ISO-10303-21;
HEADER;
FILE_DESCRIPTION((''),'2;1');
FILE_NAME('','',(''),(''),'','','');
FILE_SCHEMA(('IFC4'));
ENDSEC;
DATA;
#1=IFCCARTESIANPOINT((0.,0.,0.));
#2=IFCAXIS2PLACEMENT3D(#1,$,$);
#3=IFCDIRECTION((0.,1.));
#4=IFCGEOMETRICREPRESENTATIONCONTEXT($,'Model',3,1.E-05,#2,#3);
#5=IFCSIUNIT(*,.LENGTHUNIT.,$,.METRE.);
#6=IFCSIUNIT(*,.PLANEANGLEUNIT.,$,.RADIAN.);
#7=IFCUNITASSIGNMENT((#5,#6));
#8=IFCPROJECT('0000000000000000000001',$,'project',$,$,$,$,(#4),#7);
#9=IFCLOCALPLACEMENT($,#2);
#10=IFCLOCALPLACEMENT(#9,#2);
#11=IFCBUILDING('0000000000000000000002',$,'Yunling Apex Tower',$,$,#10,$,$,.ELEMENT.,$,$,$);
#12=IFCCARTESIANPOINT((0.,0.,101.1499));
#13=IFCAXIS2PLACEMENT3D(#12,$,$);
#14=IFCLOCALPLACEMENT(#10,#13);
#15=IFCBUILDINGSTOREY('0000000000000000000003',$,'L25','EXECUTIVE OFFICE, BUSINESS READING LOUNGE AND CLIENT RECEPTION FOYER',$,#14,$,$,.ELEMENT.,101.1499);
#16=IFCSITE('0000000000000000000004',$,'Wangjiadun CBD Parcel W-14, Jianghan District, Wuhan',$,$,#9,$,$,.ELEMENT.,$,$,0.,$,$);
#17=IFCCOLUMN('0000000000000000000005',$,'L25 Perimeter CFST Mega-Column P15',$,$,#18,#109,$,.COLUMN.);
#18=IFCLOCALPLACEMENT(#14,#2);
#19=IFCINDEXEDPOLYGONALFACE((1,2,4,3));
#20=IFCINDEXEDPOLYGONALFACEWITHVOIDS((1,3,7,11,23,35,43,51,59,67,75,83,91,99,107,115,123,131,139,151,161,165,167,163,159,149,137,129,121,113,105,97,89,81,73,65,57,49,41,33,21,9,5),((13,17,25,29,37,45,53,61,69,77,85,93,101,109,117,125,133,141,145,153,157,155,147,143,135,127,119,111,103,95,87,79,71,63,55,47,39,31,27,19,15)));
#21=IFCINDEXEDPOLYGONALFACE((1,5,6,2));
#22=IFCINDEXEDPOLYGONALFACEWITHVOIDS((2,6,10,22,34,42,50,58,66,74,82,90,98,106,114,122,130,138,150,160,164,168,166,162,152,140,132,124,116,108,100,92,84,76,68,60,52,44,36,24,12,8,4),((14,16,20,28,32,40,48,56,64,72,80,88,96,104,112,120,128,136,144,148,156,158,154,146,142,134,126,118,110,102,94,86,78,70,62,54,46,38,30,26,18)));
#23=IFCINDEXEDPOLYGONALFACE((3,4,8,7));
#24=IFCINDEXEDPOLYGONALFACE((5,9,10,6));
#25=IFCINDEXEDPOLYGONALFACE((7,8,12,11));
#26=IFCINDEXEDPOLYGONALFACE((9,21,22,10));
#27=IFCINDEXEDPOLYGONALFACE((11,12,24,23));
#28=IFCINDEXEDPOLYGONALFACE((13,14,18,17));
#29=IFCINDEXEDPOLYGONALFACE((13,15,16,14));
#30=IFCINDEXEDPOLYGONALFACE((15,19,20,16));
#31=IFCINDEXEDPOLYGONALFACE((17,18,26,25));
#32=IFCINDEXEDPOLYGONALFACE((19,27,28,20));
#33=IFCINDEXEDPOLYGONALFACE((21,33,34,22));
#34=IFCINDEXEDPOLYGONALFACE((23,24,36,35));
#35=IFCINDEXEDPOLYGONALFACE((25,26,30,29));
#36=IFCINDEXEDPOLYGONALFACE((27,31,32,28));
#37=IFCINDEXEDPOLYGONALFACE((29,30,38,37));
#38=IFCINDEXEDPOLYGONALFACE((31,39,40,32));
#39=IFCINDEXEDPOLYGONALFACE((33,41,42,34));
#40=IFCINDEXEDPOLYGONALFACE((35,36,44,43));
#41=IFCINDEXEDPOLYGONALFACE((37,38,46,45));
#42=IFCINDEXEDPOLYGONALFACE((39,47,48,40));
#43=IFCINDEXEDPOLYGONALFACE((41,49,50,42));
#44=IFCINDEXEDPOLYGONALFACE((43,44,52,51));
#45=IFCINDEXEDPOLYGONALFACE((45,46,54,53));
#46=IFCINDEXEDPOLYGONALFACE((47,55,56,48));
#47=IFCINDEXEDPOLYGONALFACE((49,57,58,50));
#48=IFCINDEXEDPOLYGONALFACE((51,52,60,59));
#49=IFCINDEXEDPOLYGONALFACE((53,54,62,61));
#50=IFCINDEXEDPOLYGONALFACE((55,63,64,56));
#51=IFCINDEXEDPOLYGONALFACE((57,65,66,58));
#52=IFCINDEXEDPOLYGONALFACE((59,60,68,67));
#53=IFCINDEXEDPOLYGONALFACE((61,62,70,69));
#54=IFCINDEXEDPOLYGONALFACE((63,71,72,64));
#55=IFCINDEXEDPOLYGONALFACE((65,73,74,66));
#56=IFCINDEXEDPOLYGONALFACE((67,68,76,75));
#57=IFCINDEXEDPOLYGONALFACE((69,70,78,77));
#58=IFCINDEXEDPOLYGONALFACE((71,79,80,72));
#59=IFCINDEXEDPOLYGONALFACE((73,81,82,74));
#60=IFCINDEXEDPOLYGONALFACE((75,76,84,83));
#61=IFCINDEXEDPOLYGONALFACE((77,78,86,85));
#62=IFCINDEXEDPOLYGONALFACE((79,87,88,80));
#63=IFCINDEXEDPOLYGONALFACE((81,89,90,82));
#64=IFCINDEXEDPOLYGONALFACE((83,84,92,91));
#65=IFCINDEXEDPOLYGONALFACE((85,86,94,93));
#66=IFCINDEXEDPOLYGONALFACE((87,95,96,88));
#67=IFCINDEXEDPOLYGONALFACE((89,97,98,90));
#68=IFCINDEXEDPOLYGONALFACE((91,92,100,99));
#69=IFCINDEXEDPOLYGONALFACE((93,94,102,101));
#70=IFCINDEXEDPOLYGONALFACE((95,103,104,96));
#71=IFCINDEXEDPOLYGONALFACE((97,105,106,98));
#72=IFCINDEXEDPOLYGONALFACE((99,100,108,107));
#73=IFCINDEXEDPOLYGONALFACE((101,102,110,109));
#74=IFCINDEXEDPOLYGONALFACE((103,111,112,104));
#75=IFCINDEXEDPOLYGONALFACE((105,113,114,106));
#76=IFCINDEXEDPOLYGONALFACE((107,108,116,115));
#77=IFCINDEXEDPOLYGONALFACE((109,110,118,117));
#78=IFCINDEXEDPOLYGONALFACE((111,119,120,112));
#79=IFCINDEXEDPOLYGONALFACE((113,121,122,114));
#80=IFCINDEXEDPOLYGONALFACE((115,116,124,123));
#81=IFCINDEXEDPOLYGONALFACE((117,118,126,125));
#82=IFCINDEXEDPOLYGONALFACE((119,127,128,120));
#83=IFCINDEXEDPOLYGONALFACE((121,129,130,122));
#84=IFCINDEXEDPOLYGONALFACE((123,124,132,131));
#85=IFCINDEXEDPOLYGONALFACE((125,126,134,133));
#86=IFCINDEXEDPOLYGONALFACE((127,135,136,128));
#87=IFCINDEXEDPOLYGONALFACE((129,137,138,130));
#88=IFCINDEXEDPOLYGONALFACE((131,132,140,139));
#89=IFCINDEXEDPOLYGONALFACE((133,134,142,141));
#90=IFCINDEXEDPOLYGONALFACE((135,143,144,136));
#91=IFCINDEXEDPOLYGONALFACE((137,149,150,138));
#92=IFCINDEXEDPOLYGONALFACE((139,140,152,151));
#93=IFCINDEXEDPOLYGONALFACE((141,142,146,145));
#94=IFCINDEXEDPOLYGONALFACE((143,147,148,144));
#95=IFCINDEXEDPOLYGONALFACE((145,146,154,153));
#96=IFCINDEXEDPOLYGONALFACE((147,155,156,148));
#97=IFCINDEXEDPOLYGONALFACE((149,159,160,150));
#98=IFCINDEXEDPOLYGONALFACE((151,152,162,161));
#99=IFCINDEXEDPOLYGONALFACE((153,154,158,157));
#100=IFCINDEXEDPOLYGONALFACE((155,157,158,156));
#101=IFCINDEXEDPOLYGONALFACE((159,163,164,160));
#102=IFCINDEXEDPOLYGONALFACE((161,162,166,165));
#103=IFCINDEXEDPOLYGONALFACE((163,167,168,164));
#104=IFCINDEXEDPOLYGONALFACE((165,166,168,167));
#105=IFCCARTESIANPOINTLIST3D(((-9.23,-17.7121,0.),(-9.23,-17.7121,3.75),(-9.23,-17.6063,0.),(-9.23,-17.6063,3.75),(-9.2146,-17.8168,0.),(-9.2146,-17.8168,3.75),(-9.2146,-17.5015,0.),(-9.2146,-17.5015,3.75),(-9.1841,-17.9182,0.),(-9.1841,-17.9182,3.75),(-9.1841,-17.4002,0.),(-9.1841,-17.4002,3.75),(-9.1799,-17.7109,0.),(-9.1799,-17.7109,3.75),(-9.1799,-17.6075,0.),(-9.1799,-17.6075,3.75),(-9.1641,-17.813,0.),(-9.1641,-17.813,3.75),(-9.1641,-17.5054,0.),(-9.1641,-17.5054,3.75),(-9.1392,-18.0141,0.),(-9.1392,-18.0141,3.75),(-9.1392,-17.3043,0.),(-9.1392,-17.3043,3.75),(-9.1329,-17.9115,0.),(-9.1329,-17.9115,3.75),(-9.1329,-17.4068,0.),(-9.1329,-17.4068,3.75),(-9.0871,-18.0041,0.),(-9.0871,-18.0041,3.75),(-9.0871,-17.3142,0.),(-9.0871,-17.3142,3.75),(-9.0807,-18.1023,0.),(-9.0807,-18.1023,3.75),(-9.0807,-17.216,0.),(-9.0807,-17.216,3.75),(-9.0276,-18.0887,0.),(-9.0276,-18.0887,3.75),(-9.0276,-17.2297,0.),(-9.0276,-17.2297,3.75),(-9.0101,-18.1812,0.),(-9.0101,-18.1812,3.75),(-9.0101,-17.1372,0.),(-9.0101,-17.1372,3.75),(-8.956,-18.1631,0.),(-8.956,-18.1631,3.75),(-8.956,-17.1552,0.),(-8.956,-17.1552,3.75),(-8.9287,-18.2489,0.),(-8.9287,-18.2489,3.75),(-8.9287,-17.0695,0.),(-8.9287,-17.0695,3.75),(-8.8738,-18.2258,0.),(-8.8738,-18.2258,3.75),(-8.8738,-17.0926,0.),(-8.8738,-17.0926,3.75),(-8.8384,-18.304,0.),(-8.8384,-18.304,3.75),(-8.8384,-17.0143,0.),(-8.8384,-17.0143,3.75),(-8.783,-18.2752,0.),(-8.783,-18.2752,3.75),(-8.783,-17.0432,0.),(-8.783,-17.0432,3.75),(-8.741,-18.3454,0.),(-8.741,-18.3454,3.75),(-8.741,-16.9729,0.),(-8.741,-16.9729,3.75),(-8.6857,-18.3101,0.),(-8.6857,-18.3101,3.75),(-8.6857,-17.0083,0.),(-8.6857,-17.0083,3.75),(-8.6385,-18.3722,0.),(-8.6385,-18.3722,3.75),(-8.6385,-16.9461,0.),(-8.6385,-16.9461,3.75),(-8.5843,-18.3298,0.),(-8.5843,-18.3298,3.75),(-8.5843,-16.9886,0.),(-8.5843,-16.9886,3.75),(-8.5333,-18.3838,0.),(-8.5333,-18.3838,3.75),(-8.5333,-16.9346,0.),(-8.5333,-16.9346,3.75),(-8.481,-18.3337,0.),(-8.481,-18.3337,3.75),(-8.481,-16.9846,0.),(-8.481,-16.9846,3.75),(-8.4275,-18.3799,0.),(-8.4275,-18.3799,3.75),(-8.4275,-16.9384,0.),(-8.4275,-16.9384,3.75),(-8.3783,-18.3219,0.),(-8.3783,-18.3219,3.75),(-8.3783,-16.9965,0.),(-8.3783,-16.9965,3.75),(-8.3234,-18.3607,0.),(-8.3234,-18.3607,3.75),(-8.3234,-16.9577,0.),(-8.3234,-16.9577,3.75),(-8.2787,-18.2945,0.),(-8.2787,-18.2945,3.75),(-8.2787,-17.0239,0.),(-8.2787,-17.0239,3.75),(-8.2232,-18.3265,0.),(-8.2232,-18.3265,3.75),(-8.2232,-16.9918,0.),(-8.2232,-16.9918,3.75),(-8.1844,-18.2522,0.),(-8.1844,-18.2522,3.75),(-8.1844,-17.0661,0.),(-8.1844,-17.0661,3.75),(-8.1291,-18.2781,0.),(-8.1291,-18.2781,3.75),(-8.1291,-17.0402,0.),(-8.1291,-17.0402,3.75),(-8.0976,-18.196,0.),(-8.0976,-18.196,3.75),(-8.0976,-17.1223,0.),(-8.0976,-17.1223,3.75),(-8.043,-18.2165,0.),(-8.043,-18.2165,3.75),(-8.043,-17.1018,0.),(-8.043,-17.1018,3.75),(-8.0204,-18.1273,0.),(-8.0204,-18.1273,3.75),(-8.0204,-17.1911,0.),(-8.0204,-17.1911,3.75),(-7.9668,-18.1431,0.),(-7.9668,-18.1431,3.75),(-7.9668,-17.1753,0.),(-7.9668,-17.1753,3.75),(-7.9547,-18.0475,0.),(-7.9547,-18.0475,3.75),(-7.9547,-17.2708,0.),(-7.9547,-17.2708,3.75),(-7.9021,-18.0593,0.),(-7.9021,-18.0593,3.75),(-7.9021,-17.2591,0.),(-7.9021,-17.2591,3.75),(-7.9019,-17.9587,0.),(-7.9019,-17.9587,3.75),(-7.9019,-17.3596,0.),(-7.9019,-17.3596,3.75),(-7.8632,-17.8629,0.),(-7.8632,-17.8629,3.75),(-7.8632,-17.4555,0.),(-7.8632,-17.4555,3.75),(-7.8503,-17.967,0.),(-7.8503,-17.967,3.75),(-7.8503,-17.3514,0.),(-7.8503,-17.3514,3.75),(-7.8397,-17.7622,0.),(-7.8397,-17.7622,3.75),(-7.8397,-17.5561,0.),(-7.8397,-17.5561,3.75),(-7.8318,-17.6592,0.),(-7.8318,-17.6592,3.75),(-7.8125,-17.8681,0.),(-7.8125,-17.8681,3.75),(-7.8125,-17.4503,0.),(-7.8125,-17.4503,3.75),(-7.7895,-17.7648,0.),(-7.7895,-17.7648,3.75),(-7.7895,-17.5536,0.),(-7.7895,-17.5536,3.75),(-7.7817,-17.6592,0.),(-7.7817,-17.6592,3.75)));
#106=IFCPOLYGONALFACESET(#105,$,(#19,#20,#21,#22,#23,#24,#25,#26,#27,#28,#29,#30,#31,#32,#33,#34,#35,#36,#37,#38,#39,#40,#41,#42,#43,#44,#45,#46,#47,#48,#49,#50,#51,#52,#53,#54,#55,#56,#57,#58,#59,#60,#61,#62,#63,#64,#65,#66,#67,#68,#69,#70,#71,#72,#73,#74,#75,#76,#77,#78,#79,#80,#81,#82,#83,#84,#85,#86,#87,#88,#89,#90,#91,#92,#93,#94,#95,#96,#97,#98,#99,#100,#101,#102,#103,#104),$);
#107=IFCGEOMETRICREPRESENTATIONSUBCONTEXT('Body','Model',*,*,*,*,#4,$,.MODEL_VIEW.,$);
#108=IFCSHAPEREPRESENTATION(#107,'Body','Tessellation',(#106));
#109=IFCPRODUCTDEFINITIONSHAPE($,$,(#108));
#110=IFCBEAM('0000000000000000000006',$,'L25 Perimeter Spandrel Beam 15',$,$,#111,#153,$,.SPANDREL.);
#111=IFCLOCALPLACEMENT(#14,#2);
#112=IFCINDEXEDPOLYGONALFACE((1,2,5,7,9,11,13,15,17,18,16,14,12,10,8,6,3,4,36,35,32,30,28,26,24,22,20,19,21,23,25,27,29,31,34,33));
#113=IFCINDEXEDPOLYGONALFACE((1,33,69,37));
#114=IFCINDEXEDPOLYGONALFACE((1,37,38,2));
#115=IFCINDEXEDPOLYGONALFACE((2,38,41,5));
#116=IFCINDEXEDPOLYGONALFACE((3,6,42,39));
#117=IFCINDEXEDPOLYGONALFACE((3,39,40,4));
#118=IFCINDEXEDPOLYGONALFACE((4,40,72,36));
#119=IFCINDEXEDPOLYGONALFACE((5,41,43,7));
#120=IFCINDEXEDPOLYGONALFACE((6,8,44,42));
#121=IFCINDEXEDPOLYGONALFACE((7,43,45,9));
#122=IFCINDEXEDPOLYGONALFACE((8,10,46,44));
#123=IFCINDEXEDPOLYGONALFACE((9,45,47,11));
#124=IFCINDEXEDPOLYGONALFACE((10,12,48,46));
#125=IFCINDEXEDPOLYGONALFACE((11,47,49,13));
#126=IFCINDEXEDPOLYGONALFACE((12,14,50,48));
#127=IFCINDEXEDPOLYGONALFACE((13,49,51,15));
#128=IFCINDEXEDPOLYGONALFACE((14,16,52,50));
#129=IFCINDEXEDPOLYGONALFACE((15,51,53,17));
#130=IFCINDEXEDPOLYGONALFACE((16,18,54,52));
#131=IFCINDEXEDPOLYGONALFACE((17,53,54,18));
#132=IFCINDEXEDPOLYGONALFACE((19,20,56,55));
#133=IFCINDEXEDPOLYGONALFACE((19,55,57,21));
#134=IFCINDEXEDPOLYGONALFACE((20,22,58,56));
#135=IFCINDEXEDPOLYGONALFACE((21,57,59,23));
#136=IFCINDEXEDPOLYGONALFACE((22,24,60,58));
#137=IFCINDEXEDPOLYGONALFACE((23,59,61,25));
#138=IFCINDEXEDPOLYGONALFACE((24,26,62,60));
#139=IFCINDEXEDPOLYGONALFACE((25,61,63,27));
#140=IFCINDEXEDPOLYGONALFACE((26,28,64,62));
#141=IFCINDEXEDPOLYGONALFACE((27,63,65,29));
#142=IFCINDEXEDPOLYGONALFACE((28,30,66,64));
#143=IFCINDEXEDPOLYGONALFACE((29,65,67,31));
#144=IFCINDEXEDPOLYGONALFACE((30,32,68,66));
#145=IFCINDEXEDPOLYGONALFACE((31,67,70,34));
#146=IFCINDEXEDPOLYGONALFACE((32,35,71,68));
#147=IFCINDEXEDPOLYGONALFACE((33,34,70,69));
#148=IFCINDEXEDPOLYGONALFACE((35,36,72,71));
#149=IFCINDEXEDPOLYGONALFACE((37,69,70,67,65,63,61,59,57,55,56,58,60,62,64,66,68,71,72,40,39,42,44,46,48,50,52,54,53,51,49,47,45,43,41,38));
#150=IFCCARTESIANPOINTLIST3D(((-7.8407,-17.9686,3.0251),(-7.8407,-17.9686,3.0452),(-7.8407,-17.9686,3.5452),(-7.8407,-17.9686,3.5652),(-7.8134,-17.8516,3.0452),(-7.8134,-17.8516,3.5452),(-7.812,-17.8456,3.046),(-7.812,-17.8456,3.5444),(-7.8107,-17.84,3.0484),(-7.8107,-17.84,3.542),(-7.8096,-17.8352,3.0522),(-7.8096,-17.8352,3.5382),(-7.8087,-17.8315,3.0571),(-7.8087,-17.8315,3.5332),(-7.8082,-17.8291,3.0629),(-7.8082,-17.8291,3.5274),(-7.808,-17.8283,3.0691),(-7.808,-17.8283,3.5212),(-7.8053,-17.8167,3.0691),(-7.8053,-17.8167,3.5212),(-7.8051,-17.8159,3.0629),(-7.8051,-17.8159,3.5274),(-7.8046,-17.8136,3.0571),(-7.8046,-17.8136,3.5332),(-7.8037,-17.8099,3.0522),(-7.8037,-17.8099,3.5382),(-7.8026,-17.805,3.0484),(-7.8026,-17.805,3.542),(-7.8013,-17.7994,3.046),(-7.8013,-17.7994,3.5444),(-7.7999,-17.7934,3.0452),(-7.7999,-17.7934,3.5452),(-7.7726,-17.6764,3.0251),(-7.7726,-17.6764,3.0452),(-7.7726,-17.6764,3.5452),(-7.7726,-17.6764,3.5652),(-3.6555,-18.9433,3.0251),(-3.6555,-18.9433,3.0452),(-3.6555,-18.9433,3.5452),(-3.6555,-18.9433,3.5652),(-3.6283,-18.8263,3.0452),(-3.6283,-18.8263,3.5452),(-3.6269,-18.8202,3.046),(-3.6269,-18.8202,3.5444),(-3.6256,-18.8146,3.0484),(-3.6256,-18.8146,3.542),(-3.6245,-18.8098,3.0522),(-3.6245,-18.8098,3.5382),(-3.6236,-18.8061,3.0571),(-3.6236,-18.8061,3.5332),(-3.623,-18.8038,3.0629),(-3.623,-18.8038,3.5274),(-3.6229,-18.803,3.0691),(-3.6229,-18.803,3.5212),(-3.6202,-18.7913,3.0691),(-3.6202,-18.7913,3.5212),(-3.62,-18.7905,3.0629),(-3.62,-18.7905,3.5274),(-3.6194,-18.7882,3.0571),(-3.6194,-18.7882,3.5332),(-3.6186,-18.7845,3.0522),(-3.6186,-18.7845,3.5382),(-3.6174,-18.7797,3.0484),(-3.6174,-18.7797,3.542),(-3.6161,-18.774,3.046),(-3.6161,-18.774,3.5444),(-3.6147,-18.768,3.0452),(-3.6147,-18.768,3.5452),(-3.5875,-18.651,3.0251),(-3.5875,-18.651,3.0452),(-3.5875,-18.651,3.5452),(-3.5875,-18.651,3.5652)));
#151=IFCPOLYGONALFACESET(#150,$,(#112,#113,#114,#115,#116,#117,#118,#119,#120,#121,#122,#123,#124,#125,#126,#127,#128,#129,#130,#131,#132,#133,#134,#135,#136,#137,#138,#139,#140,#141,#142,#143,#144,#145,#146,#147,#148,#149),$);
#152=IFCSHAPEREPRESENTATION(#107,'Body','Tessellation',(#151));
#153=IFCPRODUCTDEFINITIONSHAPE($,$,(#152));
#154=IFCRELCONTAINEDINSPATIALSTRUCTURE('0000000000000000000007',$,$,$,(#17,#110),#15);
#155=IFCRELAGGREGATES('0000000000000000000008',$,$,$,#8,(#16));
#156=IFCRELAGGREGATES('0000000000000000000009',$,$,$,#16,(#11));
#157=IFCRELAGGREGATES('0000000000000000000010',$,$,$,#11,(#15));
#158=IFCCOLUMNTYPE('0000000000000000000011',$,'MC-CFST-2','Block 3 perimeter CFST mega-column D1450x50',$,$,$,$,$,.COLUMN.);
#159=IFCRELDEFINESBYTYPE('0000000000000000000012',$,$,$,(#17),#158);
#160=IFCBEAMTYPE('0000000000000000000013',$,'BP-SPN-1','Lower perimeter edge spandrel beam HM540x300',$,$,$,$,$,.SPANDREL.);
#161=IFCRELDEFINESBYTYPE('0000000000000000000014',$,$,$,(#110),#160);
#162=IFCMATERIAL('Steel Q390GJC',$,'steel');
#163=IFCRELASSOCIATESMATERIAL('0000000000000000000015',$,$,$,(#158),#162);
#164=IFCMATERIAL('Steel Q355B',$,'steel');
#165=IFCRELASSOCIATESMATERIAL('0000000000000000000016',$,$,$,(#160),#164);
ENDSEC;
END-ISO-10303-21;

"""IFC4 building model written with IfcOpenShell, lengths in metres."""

from ifc_helpers import new_model, si_unit, direction, frame, origin, origin_2d, place, context, subcontext, project, spatial, hollow_circle, i_section, extrude, source, transform, mapped, material, material_profile, profile_set, type_object, element, save


model = new_model("IFC4")

# Units and contexts
model_context = context("Model", 3, precision=1e-05, world=origin(), true_north=direction((0.0, 1.0)))
body_context = subcontext(model_context, "Body", "Model", "MODEL_VIEW")
ifc_project = project(units=[si_unit("LENGTHUNIT", "METRE"), si_unit("PLANEANGLEUNIT", "RADIAN")], contexts=[model_context])

# Site, building, storey
site_placement = place(None, origin())
site = spatial("IfcSite", under=ifc_project, at=site_placement, Name="Wangjiadun CBD Parcel W-14, Jianghan District, Wuhan", CompositionType="ELEMENT", RefElevation=0.0)
building_placement = place(site_placement, origin())
building = spatial("IfcBuilding", under=site, at=building_placement, Name="Yunling Apex Tower", CompositionType="ELEMENT")
storey_placement = place(building_placement, frame((0.0, 0.0, 101.1499)))
storey = spatial("IfcBuildingStorey", under=building, at=storey_placement, Name="L25", Description="EXECUTIVE OFFICE, BUSINESS READING LOUNGE AND CLIENT RECEPTION FOYER", CompositionType="ELEMENT", Elevation=101.1499)

# Column
ifc_material_1 = material(Name="Steel Q390GJC", Category="steel")
ifc_material_profile_1 = material_profile(ifc_material_1, hollow_circle(Radius=0.7251, WallThickness=0.05, at=origin_2d()))
ifc_profile_set_1 = profile_set([ifc_material_profile_1], Name="Steel Q390GJC")
column_type = type_object("IfcColumnType", Name="MC-CFST-2", Description="Block 3 perimeter CFST mega-column D1450x50", PredefinedType="COLUMN", material=ifc_profile_set_1)
shared_shape_1 = source(origin(), body_context, "Body", "SweptSolid", [
    extrude(hollow_circle(Radius=0.7251, WallThickness=0.05, at=origin_2d()), origin(), (0.0, 0.0, 1.0), 3.75),
])
column_placement = place(storey_placement, frame((-8.5068, -17.6592, 0.0), z_axis=(0.0, 0.0, 1.0), x_axis=(1.0, 0.0, 0.0)))
element("IfcColumn", 1, at=column_placement, inside=storey, type_object=column_type, Name="L25 Perimeter CFST Mega-Column P15", PredefinedType="COLUMN", context=body_context, shape_type="MappedRepresentation", body=[
    mapped(shared_shape_1, transform((0.0, 0.0, 0.0), scale=1.0)),
])

# Beam
ifc_material_2 = material(Name="Steel Q355B", Category="steel")
ifc_material_profile_2 = material_profile(ifc_material_2, i_section(OverallWidth=0.3, OverallDepth=0.54, WebThickness=0.012, FlangeThickness=0.02, FilletRadius=0.0239, at=origin_2d()))
ifc_profile_set_2 = profile_set([ifc_material_profile_2], Name="Steel Q355B")
beam_type_1 = type_object("IfcBeamType", Name="BP-SPN-1", Description="Lower perimeter edge spandrel beam HM540x300", PredefinedType="SPANDREL", material=ifc_profile_set_2)
shared_shape_2 = source(origin(), body_context, "Body", "SweptSolid", [
    extrude(i_section(OverallWidth=0.3, OverallDepth=0.54, WebThickness=0.012, FlangeThickness=0.02, FilletRadius=0.0239, at=origin_2d()), origin(), (0.0, 0.0, 1.0), 4.2971),
])
beam_1_placement = place(storey_placement, frame((-7.8066, -17.8225, 3.2952), z_axis=(0.973939, -0.226809, 0.0), x_axis=(0.226809, 0.973939, 0.0)))
element("IfcBeam", 2, at=beam_1_placement, inside=storey, type_object=beam_type_1, Name="L25 Perimeter Spandrel Beam 15", PredefinedType="SPANDREL", context=body_context, shape_type="MappedRepresentation", body=[
    mapped(shared_shape_2, transform((0.0, 0.0, 0.0), scale=1.0)),
])

save(model, "model.ifc")
